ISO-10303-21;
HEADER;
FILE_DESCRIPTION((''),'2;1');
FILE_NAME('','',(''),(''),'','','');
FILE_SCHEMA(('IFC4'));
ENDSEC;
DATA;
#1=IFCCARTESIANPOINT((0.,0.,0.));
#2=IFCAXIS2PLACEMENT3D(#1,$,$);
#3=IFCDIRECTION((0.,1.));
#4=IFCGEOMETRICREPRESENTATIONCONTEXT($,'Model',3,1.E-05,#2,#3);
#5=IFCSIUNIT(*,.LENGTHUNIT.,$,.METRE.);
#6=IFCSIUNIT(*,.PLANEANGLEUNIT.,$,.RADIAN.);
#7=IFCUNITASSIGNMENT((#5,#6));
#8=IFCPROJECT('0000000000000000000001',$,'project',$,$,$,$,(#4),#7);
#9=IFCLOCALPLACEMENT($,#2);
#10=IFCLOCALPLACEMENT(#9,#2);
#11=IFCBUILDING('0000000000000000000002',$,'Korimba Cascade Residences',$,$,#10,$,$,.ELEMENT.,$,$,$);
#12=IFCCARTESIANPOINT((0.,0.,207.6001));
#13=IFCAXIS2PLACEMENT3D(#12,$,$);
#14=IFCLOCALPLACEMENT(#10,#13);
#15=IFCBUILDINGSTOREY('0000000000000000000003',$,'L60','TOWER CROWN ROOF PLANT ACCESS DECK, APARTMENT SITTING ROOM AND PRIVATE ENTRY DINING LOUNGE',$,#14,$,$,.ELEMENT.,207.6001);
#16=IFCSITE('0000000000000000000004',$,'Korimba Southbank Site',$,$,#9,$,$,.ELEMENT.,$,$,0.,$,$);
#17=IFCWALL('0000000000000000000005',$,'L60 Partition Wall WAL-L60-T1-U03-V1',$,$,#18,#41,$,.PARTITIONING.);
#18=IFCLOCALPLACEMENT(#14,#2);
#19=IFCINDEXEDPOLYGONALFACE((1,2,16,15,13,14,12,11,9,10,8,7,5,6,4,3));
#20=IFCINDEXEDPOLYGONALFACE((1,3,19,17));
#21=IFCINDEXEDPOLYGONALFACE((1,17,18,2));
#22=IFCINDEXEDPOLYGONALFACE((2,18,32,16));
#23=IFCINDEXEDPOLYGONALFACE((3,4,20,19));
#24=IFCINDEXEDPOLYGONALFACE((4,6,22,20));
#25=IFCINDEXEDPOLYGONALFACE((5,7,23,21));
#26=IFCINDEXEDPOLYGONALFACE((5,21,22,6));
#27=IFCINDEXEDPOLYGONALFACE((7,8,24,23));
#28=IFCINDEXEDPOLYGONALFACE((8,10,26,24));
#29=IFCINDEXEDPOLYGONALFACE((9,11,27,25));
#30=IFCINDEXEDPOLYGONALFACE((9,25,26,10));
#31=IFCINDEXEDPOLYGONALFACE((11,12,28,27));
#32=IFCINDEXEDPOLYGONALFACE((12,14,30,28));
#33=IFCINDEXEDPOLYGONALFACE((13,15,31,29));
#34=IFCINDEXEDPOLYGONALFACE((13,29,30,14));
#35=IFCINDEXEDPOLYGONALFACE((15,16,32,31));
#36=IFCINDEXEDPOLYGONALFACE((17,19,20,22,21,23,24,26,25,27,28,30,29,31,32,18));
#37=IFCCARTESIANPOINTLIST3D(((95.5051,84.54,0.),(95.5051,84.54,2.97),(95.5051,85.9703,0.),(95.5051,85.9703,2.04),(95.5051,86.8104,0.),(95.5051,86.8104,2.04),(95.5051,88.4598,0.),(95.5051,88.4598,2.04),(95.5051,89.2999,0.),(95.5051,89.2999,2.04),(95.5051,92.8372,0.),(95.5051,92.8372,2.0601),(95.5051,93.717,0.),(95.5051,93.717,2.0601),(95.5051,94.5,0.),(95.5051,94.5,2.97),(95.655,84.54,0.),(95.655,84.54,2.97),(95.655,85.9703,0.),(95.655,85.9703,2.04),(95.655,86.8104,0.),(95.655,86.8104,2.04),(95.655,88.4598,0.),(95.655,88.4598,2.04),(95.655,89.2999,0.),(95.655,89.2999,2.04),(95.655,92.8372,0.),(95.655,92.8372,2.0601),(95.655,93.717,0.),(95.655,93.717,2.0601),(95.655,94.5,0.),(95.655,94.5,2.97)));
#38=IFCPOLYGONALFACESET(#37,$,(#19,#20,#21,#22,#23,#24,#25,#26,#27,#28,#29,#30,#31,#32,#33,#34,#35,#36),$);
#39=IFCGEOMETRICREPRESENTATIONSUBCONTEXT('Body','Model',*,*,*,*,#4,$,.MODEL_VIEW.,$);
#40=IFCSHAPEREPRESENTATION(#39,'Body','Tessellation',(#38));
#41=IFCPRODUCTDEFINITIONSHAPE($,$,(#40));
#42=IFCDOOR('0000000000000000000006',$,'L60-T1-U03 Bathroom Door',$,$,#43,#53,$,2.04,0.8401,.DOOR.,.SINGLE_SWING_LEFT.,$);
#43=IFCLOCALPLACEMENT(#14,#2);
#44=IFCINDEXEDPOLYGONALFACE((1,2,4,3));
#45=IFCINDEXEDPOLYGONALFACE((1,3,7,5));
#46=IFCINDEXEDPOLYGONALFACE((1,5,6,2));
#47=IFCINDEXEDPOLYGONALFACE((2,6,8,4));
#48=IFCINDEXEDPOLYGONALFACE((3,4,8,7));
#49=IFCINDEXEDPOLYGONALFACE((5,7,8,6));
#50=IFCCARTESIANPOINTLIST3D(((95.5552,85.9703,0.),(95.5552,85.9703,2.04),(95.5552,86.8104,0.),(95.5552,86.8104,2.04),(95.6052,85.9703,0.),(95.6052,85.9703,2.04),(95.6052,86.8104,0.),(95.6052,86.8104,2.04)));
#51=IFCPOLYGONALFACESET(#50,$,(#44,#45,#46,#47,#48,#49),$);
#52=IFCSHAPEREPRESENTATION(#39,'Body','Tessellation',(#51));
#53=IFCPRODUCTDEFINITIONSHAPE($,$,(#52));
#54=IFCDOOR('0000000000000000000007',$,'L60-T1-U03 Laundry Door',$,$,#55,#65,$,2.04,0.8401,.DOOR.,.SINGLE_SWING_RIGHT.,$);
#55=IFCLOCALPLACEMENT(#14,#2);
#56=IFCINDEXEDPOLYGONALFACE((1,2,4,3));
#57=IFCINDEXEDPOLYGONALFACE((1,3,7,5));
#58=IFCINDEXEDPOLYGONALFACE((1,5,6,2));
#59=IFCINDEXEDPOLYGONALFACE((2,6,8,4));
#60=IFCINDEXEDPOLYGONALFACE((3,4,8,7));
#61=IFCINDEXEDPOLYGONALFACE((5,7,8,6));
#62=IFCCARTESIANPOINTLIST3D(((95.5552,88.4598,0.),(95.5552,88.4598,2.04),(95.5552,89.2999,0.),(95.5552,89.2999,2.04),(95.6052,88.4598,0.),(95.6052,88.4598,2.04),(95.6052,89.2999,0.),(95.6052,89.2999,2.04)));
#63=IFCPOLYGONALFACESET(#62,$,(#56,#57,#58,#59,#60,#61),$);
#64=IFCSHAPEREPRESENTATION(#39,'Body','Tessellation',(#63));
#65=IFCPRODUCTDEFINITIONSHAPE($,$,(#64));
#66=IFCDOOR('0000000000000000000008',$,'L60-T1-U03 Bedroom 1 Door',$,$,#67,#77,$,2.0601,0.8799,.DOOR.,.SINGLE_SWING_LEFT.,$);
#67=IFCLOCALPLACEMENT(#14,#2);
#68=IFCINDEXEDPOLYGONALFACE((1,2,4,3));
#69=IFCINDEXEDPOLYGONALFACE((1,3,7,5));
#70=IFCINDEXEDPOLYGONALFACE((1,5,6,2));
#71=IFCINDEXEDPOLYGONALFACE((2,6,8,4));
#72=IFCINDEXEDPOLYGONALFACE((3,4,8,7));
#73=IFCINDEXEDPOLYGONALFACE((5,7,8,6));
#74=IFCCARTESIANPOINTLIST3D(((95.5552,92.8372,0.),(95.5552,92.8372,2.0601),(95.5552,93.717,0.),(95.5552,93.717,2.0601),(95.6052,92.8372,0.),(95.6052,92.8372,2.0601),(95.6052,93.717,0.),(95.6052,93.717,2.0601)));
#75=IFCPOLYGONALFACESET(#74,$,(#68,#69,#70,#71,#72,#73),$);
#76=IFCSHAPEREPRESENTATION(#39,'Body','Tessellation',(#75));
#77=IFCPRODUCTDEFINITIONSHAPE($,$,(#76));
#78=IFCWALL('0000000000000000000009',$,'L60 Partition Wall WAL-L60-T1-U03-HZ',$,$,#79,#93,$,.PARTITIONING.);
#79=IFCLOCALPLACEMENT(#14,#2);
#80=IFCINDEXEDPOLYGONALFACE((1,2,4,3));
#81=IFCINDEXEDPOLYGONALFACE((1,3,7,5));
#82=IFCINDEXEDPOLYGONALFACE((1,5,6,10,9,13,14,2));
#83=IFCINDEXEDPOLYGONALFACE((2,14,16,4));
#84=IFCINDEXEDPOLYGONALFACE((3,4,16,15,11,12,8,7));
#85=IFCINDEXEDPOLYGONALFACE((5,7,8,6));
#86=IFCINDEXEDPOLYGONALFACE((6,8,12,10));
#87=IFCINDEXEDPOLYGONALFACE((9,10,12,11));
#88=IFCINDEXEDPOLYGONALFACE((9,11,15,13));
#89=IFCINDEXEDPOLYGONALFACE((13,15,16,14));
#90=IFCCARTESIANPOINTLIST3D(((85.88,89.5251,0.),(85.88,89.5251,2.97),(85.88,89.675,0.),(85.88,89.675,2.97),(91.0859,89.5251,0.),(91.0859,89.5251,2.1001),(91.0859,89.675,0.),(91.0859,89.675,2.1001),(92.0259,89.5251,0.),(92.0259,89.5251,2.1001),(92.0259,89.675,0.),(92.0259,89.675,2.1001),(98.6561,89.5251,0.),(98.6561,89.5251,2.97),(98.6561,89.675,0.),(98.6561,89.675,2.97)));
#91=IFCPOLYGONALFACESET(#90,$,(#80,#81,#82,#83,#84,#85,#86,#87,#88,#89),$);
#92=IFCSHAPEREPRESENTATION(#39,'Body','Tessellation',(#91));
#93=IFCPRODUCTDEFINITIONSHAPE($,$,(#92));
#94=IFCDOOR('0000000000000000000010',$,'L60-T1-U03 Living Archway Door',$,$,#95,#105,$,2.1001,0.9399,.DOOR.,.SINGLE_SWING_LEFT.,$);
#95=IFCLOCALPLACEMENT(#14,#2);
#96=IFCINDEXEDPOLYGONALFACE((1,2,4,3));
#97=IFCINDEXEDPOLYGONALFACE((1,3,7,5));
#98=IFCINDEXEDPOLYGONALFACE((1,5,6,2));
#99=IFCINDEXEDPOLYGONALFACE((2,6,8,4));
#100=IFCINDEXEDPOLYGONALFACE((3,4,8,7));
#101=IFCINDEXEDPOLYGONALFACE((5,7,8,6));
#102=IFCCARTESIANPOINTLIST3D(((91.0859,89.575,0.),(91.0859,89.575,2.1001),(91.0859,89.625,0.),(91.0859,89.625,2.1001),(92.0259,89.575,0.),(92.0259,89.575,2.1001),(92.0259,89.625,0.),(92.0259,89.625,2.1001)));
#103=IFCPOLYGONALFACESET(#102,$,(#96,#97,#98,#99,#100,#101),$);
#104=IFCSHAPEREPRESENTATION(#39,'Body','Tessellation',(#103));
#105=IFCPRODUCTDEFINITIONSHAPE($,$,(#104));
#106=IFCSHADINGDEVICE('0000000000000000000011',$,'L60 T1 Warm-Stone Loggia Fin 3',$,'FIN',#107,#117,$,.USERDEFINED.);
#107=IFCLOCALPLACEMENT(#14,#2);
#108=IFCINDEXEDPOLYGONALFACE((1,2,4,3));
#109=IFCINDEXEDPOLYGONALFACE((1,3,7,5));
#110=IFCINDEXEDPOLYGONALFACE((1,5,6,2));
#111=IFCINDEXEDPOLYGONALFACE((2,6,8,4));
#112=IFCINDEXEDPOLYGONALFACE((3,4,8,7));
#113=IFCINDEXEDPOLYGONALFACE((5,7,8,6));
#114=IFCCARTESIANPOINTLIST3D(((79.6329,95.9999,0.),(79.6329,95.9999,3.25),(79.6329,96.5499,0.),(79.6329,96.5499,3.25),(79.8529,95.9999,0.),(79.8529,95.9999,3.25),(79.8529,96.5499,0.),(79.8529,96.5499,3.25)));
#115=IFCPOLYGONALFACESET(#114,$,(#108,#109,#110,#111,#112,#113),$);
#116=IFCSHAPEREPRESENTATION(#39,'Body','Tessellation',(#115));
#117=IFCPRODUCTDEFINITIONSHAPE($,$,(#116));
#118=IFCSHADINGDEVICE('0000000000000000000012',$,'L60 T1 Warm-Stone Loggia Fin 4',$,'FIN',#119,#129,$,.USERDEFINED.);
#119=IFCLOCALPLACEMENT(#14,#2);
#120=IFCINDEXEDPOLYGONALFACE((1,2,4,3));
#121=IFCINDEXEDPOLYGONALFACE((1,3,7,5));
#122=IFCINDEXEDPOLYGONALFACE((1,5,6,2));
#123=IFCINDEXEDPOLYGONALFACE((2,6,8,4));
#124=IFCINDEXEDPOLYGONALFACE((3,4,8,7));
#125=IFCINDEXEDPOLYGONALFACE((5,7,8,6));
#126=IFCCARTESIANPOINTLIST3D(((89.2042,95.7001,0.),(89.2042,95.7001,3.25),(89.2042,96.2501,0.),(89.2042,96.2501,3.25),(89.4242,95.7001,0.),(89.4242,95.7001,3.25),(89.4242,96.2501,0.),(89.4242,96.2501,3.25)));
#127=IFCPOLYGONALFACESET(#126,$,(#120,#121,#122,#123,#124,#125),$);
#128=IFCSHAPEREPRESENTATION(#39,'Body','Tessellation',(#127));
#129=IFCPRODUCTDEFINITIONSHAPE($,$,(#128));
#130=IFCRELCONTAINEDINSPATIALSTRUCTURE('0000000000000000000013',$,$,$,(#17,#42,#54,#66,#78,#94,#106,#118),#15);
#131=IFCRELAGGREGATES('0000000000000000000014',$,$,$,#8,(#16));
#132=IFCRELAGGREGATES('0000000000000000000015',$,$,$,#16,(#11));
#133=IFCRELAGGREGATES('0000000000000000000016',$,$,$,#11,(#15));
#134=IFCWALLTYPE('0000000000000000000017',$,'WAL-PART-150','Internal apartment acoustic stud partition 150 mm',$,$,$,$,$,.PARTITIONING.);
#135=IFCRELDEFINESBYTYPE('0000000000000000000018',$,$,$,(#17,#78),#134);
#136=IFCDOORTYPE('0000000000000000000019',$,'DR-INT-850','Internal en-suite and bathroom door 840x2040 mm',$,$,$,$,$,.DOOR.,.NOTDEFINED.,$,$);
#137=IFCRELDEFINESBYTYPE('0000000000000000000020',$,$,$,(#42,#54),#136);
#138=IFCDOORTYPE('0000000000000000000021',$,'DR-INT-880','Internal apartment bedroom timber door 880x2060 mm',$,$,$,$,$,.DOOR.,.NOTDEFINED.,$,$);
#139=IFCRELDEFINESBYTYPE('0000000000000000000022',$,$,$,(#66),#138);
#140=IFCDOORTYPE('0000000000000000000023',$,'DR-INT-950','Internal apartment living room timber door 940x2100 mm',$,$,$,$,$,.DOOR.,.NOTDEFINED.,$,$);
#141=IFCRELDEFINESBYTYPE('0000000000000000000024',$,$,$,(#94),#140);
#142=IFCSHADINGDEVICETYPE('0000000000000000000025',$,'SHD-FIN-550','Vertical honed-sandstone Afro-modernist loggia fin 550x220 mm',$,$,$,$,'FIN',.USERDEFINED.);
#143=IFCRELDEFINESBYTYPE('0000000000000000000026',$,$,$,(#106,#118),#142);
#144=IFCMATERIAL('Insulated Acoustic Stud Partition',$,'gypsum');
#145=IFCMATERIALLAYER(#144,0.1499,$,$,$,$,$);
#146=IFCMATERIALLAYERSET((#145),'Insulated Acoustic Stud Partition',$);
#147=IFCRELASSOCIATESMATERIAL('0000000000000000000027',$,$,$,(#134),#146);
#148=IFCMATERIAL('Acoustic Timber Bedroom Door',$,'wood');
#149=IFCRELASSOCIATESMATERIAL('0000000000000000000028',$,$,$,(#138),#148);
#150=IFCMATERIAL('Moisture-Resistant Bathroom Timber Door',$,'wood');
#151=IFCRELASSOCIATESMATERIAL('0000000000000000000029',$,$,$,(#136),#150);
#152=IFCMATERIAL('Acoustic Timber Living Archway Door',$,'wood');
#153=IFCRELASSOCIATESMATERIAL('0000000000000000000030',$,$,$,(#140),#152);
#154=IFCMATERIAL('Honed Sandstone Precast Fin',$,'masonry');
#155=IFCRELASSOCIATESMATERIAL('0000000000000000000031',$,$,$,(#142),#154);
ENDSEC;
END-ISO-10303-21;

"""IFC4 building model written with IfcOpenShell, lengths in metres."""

from ifc_helpers import new_model, si_unit, direction, frame, frame_2d, origin, origin_2d, place, context, subcontext, project, spatial, rectangle, extrude, material, layer, layer_set, type_object, element, fill, save


model = new_model("IFC4")

# Units and contexts
model_context = context("Model", 3, precision=1e-05, world=origin(), true_north=direction((0.0, 1.0)))
body_context = subcontext(model_context, "Body", "Model", "MODEL_VIEW")
ifc_project = project(units=[si_unit("LENGTHUNIT", "METRE"), si_unit("PLANEANGLEUNIT", "RADIAN")], contexts=[model_context])

# Site, building, storey
site_placement = place(None, origin())
site = spatial("IfcSite", under=ifc_project, at=site_placement, Name="Korimba Southbank Site", CompositionType="ELEMENT", RefElevation=0.0)
building_placement = place(site_placement, origin())
building = spatial("IfcBuilding", under=site, at=building_placement, Name="Korimba Cascade Residences", CompositionType="ELEMENT")
storey_placement = place(building_placement, frame((0.0, 0.0, 207.6001)))
storey = spatial("IfcBuildingStorey", under=building, at=storey_placement, Name="L60", Description="TOWER CROWN ROOF PLANT ACCESS DECK, APARTMENT SITTING ROOM AND PRIVATE ENTRY DINING LOUNGE", CompositionType="ELEMENT", Elevation=207.6001)

# Shared definitions
ifc_material_1 = material(Name="Insulated Acoustic Stud Partition", Category="gypsum")
ifc_layer = layer(ifc_material_1, 0.1499)
ifc_layer_set = layer_set([ifc_layer], Name="Insulated Acoustic Stud Partition")
wall_type = type_object("IfcWallType", Name="WAL-PART-150", Description="Internal apartment acoustic stud partition 150 mm", PredefinedType="PARTITIONING", material=ifc_layer_set)
ifc_material_2 = material(Name="Acoustic Timber Bedroom Door", Category="wood")
door_type_1 = type_object("IfcDoorType", Name="DR-INT-880", Description="Internal apartment bedroom timber door 880x2060 mm", OperationType="NOTDEFINED", PredefinedType="DOOR", material=ifc_material_2)

# Shared definitions
ifc_material_3 = material(Name="Moisture-Resistant Bathroom Timber Door", Category="wood")
door_type_2 = type_object("IfcDoorType", Name="DR-INT-850", Description="Internal en-suite and bathroom door 840x2040 mm", OperationType="NOTDEFINED", PredefinedType="DOOR", material=ifc_material_3)

# Wall, openings, doors
wall_1_placement = place(storey_placement, frame((95.5801, 84.54, 0.0), z_axis=(0.0, 0.0, 1.0), x_axis=(0.0, 1.0, 0.0)))
wall_1 = element("IfcWall", 1, at=wall_1_placement, inside=storey, type_object=wall_type, Name="L60 Partition Wall WAL-L60-T1-U03-V1", PredefinedType="PARTITIONING", context=body_context, shape_type="SweptSolid", body=[
    extrude(rectangle(XDim=9.96, YDim=0.1499, at=frame_2d((4.98, 0.0))), origin(), (0.0, 0.0, 1.0), 2.97),
])
opening_1_placement = place(wall_1_placement, frame((1.4304, 0.0, 0.0)))
opening_1 = element("IfcOpeningElement", 2, at=opening_1_placement, cuts=wall_1, PredefinedType="OPENING", context=body_context, shape_type="SweptSolid", body=[
    extrude(rectangle(XDim=0.8401, YDim=2.04, at=frame_2d((0.4199, 1.02))), frame((0.0, 0.085, 0.0), z_axis=(0.0, -1.0, 0.0), x_axis=(1.0, 0.0, 0.0)), (0.0, 0.0, 1.0), 0.1699),
])
opening_2_placement = place(wall_1_placement, frame((3.9199, 0.0, 0.0)))
opening_2 = element("IfcOpeningElement", 3, at=opening_2_placement, cuts=wall_1, PredefinedType="OPENING", context=body_context, shape_type="SweptSolid", body=[
    extrude(rectangle(XDim=0.8401, YDim=2.04, at=frame_2d((0.4199, 1.02))), frame((0.0, 0.085, 0.0), z_axis=(0.0, -1.0, 0.0), x_axis=(1.0, 0.0, 0.0)), (0.0, 0.0, 1.0), 0.1699),
])
opening_3_placement = place(wall_1_placement, frame((8.2971, 0.0, 0.0)))
opening_3 = element("IfcOpeningElement", 4, at=opening_3_placement, cuts=wall_1, PredefinedType="OPENING", context=body_context, shape_type="SweptSolid", body=[
    extrude(rectangle(XDim=0.8799, YDim=2.0601, at=frame_2d((0.4399, 1.03))), frame((0.0, 0.085, 0.0), z_axis=(0.0, -1.0, 0.0), x_axis=(1.0, 0.0, 0.0)), (0.0, 0.0, 1.0), 0.1699),
])
door_1_placement = place(opening_1_placement, origin())
door_1 = element("IfcDoor", 5, at=door_1_placement, inside=storey, type_object=door_type_2, Name="L60-T1-U03 Bathroom Door", OperationType="SINGLE_SWING_LEFT", OverallHeight=2.04, OverallWidth=0.8401, PredefinedType="DOOR", context=body_context, shape_type="SweptSolid", body=[
    extrude(rectangle(XDim=0.8401, YDim=2.04, at=frame_2d((0.4199, 1.02))), frame((0.0, 0.0249, 0.0), z_axis=(0.0, -1.0, 0.0), x_axis=(1.0, 0.0, 0.0)), (0.0, 0.0, 1.0), 0.05),
])
fill(opening_1, door_1)
door_2_placement = place(opening_2_placement, origin())
door_2 = element("IfcDoor", 6, at=door_2_placement, inside=storey, type_object=door_type_2, Name="L60-T1-U03 Laundry Door", OperationType="SINGLE_SWING_RIGHT", OverallHeight=2.04, OverallWidth=0.8401, PredefinedType="DOOR", context=body_context, shape_type="SweptSolid", body=[
    extrude(rectangle(XDim=0.8401, YDim=2.04, at=frame_2d((0.4199, 1.02))), frame((0.0, 0.0249, 0.0), z_axis=(0.0, -1.0, 0.0), x_axis=(1.0, 0.0, 0.0)), (0.0, 0.0, 1.0), 0.05),
])
fill(opening_2, door_2)
door_3_placement = place(opening_3_placement, origin())
door_3 = element("IfcDoor", 7, at=door_3_placement, inside=storey, type_object=door_type_1, Name="L60-T1-U03 Bedroom 1 Door", OperationType="SINGLE_SWING_LEFT", OverallHeight=2.0601, OverallWidth=0.8799, PredefinedType="DOOR", context=body_context, shape_type="SweptSolid", body=[
    extrude(rectangle(XDim=0.8799, YDim=2.0601, at=frame_2d((0.4399, 1.03))), frame((0.0, 0.0249, 0.0), z_axis=(0.0, -1.0, 0.0), x_axis=(1.0, 0.0, 0.0)), (0.0, 0.0, 1.0), 0.05),
])
fill(opening_3, door_3)

# Wall, opening, door
wall_2_placement = place(storey_placement, frame((85.8799, 89.6001, 0.0), z_axis=(0.0, 0.0, 1.0), x_axis=(1.0, 0.0, 0.0)))
wall_2 = element("IfcWall", 8, at=wall_2_placement, inside=storey, type_object=wall_type, Name="L60 Partition Wall WAL-L60-T1-U03-HZ", PredefinedType="PARTITIONING", context=body_context, shape_type="SweptSolid", body=[
    extrude(rectangle(XDim=12.7761, YDim=0.1499, at=frame_2d((6.3882, 0.0))), origin(), (0.0, 0.0, 1.0), 2.97),
])
opening_4_placement = place(wall_2_placement, frame((5.2061, 0.0, 0.0)))
opening_4 = element("IfcOpeningElement", 9, at=opening_4_placement, cuts=wall_2, PredefinedType="OPENING", context=body_context, shape_type="SweptSolid", body=[
    extrude(rectangle(XDim=0.9399, YDim=2.1001, at=frame_2d((0.47, 1.05))), frame((0.0, 0.085, 0.0), z_axis=(0.0, -1.0, 0.0), x_axis=(1.0, 0.0, 0.0)), (0.0, 0.0, 1.0), 0.1699),
])
ifc_material_4 = material(Name="Acoustic Timber Living Archway Door", Category="wood")
door_type_3 = type_object("IfcDoorType", Name="DR-INT-950", Description="Internal apartment living room timber door 940x2100 mm", OperationType="NOTDEFINED", PredefinedType="DOOR", material=ifc_material_4)
door_4_placement = place(opening_4_placement, origin())
door_4 = element("IfcDoor", 10, at=door_4_placement, inside=storey, type_object=door_type_3, Name="L60-T1-U03 Living Archway Door", OperationType="SINGLE_SWING_LEFT", OverallHeight=2.1001, OverallWidth=0.9399, PredefinedType="DOOR", context=body_context, shape_type="SweptSolid", body=[
    extrude(rectangle(XDim=0.9399, YDim=2.1001, at=frame_2d((0.47, 1.05))), frame((0.0, 0.0249, 0.0), z_axis=(0.0, -1.0, 0.0), x_axis=(1.0, 0.0, 0.0)), (0.0, 0.0, 1.0), 0.05),
])
fill(opening_4, door_4)

# Shading devices
ifc_material_5 = material(Name="Honed Sandstone Precast Fin", Category="masonry")
shading_device_type = type_object("IfcShadingDeviceType", Name="SHD-FIN-550", Description="Vertical honed-sandstone Afro-modernist loggia fin 550x220 mm", ElementType="FIN", PredefinedType="USERDEFINED", material=ifc_material_5)
for number, where, z_axis, x_axis, name in (
    (11, (79.7429, 96.2749, 0.0), (0.0, 0.0, 1.0), (1.0, 0.0, 0.0), "L60 T1 Warm-Stone Loggia Fin 3"),
    (12, (89.3142, 95.9751, 0.0), (0.0, 0.0, 1.0), (1.0, 0.0, 0.0), "L60 T1 Warm-Stone Loggia Fin 4"),
):
    element("IfcShadingDevice", number, at=place(storey_placement, frame(where, z_axis=z_axis, x_axis=x_axis)), inside=storey, type_object=shading_device_type, Name=name, ObjectType="FIN", PredefinedType="USERDEFINED", context=body_context, shape_type="SweptSolid", body=[
        extrude(rectangle(XDim=0.22, YDim=0.55, at=origin_2d()), origin(), (0.0, 0.0, 1.0), 3.25),
    ])

save(model, "model.ifc")
